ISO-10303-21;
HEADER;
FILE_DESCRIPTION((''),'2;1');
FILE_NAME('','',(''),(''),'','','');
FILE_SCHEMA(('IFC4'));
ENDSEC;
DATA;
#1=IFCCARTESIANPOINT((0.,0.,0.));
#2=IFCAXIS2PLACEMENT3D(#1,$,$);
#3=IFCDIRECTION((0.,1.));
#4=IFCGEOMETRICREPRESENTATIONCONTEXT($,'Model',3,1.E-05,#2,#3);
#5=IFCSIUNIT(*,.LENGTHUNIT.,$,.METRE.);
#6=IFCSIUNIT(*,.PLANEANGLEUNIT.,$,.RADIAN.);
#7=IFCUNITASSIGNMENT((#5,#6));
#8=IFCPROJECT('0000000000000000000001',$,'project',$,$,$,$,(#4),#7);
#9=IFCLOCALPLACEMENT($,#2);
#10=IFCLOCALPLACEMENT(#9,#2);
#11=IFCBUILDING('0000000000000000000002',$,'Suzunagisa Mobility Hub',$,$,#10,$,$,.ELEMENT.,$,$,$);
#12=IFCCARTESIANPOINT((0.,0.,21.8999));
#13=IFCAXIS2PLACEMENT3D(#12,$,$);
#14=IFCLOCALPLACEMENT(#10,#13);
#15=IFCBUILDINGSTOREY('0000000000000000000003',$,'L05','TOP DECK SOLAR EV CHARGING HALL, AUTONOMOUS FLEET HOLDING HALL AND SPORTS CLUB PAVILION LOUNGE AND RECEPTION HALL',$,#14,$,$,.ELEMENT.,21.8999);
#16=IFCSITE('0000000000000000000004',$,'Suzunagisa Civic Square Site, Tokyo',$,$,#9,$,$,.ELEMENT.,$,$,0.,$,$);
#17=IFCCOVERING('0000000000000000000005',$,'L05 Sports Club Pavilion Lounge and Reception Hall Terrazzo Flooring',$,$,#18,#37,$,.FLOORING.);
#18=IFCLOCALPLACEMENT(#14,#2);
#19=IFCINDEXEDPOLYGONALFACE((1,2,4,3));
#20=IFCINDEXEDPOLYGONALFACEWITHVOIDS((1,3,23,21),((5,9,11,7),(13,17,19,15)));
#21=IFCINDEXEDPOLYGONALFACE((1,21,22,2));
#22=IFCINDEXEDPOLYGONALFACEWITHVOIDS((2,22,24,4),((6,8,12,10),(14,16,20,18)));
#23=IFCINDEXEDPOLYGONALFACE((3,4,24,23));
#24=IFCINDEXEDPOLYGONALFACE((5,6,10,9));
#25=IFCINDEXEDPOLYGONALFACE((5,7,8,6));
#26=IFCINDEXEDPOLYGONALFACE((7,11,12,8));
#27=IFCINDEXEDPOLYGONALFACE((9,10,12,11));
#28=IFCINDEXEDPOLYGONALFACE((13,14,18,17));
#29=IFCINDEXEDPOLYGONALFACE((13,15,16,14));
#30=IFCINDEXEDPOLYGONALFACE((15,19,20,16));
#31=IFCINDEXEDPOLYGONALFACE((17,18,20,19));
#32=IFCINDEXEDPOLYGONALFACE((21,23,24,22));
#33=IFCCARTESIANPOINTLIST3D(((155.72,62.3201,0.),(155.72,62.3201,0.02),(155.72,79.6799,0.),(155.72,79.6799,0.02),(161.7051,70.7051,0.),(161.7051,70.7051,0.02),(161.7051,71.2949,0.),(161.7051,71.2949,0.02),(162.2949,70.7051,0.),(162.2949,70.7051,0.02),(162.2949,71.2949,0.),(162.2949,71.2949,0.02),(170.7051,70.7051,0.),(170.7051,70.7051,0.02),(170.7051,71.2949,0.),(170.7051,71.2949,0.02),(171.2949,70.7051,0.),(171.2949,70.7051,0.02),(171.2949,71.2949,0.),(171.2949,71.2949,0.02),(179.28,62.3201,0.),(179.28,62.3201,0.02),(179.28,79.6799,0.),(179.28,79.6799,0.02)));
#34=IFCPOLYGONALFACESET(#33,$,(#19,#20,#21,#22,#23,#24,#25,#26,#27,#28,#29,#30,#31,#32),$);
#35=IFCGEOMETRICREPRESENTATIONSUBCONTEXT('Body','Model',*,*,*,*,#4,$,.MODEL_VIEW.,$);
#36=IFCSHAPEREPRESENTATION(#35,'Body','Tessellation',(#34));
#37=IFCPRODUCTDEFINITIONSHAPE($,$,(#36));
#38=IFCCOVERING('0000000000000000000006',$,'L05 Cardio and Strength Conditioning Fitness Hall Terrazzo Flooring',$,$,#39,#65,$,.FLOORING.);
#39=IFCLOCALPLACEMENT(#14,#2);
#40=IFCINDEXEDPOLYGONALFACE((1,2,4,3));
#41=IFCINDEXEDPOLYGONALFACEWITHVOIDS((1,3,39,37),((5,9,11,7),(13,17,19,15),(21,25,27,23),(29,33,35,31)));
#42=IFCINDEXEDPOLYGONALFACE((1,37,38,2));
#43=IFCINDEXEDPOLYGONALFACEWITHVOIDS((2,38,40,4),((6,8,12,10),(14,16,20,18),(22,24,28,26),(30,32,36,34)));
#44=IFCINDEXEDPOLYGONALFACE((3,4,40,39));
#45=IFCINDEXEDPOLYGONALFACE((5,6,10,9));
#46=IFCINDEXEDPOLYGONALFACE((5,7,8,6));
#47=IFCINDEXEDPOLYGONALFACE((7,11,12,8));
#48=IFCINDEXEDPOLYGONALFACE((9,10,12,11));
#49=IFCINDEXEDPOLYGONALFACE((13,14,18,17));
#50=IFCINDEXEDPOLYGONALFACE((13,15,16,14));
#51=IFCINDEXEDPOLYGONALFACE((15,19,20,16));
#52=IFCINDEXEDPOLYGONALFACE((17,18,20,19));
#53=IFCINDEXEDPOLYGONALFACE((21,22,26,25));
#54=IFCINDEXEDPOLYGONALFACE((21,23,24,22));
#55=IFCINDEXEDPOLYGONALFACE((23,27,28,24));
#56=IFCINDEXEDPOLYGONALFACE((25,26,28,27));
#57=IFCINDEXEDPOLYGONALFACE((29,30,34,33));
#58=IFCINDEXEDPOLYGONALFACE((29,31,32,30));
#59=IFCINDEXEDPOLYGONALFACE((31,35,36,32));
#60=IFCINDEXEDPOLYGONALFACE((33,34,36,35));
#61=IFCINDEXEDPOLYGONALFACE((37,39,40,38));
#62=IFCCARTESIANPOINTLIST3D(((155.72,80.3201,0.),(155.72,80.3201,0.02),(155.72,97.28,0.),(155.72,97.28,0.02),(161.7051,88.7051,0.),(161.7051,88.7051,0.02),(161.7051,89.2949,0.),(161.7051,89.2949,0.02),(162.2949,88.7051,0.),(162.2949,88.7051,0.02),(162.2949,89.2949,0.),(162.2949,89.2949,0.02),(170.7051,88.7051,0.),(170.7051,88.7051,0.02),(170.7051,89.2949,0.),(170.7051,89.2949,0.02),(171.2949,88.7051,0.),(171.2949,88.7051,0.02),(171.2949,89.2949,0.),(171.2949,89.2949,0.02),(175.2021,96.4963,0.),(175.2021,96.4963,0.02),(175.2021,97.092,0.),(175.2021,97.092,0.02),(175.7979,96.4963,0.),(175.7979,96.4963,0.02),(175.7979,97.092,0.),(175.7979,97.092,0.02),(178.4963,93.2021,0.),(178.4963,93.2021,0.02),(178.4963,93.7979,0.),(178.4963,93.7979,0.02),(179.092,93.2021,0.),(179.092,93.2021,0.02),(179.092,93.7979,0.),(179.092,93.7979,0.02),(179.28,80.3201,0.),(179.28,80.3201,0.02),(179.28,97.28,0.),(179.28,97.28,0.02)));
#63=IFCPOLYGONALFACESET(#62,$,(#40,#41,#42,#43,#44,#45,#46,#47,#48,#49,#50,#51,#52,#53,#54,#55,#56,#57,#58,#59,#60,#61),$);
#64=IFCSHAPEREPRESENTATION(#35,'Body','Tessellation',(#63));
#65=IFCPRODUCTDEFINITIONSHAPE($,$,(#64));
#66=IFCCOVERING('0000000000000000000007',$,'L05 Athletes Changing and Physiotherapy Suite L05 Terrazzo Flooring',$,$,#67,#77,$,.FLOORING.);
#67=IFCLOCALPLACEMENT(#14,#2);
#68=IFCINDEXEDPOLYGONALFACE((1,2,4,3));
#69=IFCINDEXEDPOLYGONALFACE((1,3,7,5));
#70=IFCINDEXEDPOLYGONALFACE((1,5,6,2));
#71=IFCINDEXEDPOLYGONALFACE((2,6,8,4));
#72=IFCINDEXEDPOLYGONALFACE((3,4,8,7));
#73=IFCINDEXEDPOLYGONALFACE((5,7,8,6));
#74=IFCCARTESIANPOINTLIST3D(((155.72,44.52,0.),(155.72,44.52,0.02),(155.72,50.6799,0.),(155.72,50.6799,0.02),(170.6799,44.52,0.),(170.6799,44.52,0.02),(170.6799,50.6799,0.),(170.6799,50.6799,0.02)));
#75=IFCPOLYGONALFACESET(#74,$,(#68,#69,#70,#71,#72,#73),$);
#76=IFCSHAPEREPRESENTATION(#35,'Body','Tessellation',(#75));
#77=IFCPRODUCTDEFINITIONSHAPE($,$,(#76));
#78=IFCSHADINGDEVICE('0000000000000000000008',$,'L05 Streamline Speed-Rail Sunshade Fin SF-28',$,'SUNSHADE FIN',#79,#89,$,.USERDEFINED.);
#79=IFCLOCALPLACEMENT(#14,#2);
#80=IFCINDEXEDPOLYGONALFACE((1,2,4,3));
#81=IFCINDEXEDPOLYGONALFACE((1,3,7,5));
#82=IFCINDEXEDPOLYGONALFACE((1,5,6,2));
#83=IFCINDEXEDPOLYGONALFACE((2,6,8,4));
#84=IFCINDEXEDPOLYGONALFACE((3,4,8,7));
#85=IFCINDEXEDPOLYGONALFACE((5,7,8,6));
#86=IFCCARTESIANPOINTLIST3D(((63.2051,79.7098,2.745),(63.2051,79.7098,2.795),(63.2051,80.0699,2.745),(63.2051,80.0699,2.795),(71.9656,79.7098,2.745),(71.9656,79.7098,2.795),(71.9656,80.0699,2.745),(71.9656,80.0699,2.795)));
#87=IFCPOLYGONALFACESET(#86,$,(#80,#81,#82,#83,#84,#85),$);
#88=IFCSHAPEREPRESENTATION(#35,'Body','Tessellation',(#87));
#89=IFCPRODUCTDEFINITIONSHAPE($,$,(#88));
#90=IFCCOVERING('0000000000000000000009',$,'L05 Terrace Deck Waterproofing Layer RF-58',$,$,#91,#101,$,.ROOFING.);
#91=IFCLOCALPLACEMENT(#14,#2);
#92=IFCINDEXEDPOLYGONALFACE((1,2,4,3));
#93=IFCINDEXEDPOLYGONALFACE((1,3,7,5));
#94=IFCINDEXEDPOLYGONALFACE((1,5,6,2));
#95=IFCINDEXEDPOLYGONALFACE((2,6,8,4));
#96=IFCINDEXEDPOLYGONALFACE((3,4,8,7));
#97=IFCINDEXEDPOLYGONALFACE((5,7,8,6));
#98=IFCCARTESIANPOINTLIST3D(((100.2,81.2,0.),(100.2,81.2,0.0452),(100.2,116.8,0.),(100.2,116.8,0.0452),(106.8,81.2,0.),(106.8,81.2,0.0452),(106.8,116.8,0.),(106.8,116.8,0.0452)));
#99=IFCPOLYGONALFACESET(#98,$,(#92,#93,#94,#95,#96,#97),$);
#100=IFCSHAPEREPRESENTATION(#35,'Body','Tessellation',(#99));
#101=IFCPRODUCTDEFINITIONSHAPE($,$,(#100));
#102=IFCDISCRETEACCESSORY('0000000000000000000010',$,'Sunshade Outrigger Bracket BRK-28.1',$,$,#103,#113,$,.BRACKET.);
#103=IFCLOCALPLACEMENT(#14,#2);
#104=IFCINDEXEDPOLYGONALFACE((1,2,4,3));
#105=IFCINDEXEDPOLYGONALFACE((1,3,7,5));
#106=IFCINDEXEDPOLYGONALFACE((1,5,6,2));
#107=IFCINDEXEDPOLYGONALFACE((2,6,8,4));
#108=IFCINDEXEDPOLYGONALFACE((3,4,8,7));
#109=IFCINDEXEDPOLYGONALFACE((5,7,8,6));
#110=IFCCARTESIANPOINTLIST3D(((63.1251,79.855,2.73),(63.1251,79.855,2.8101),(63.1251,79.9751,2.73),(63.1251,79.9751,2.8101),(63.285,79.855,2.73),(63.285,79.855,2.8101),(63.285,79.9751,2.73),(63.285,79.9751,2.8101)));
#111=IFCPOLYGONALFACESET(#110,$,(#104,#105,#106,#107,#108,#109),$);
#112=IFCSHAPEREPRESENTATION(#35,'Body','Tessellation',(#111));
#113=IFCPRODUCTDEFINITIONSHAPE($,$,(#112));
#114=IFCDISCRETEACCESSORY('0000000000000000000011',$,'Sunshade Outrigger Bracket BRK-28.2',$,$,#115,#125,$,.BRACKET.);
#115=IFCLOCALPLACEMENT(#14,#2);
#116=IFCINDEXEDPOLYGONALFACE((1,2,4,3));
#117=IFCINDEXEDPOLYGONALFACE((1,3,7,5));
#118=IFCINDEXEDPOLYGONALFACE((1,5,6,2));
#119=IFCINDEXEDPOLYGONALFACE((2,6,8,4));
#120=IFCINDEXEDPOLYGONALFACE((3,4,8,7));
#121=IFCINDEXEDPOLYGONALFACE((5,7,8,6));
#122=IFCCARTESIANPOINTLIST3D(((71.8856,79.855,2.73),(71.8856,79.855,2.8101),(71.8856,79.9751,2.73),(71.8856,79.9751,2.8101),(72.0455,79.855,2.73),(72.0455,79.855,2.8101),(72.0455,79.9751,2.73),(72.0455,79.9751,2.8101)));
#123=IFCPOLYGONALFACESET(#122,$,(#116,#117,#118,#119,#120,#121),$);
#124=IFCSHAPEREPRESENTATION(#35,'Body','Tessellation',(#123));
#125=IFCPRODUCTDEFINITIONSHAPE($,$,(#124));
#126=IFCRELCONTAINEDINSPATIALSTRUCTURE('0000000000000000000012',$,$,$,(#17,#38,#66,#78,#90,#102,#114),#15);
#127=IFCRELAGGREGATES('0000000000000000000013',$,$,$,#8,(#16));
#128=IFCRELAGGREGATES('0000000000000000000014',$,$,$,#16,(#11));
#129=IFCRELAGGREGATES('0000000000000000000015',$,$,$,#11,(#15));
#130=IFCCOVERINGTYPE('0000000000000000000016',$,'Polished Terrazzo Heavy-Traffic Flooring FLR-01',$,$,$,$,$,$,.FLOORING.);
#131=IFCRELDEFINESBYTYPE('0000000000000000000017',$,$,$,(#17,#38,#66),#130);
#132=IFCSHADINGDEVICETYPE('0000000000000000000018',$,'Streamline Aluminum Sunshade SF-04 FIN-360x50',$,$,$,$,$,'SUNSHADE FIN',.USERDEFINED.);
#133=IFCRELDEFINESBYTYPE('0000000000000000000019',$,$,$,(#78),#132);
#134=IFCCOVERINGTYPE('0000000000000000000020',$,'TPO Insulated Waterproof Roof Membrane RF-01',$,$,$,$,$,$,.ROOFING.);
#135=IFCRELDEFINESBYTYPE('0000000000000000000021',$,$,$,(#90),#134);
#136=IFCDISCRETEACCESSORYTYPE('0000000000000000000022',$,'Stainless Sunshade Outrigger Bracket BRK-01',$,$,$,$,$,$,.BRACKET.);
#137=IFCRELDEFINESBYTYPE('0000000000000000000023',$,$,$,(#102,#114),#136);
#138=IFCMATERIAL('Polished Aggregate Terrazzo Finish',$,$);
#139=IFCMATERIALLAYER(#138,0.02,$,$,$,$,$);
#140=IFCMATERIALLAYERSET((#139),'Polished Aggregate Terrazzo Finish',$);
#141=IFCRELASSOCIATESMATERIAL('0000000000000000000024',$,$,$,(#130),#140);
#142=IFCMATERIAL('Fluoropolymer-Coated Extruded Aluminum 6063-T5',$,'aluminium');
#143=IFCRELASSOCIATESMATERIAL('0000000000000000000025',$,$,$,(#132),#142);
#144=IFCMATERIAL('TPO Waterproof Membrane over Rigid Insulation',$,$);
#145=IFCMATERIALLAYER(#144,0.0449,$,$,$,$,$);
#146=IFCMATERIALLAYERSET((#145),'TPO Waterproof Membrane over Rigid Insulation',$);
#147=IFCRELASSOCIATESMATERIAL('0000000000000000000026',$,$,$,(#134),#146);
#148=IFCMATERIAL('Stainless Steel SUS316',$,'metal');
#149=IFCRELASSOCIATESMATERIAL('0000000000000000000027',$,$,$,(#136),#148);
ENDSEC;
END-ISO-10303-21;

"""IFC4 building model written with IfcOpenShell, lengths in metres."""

from ifc_helpers import new_model, si_unit, direction, frame, origin, origin_2d, place, context, subcontext, project, spatial, polyline, rectangle, outline, extrude, material, layer, layer_set, material_profile, profile_set, type_object, element, save


model = new_model("IFC4")

# Units and contexts
model_context = context("Model", 3, precision=1e-05, world=origin(), true_north=direction((0.0, 1.0)))
body_context = subcontext(model_context, "Body", "Model", "MODEL_VIEW")
ifc_project = project(units=[si_unit("LENGTHUNIT", "METRE"), si_unit("PLANEANGLEUNIT", "RADIAN")], contexts=[model_context])

# Site, building, storey
site_placement = place(None, origin())
site = spatial("IfcSite", under=ifc_project, at=site_placement, Name="Suzunagisa Civic Square Site, Tokyo", CompositionType="ELEMENT", RefElevation=0.0)
building_placement = place(site_placement, origin())
building = spatial("IfcBuilding", under=site, at=building_placement, Name="Suzunagisa Mobility Hub", CompositionType="ELEMENT")
storey_placement = place(building_placement, frame((0.0, 0.0, 21.8999)))
storey = spatial("IfcBuildingStorey", under=building, at=storey_placement, Name="L05", Description="TOP DECK SOLAR EV CHARGING HALL, AUTONOMOUS FLEET HOLDING HALL AND SPORTS CLUB PAVILION LOUNGE AND RECEPTION HALL", CompositionType="ELEMENT", Elevation=21.8999)

# Coverings
ifc_material_1 = material(Name="Polished Aggregate Terrazzo Finish")
ifc_layer_1 = layer(ifc_material_1, 0.02)
ifc_layer_set_1 = layer_set([ifc_layer_1], Name="Polished Aggregate Terrazzo Finish")
covering_type_1 = type_object("IfcCoveringType", Name="Polished Terrazzo Heavy-Traffic Flooring FLR-01", PredefinedType="FLOORING", material=ifc_layer_set_1)
covering_1_placement = place(storey_placement, origin())
element("IfcCovering", 1, at=covering_1_placement, inside=storey, type_object=covering_type_1, Name="L05 Sports Club Pavilion Lounge and Reception Hall Terrazzo Flooring", PredefinedType="FLOORING", context=body_context, shape_type="SweptSolid", body=[
    extrude(outline(polyline([(179.28, 62.3201), (155.72, 62.3201), (155.72, 79.6799), (179.28, 79.6799), (179.28, 62.3201)]), holes=[polyline([(162.2949, 70.7051), (162.2949, 71.2949), (161.7051, 71.2949), (161.7051, 70.7051), (162.2949, 70.7051)]), polyline([(171.2949, 71.2949), (170.7051, 71.2949), (170.7051, 70.7051), (171.2949, 70.7051), (171.2949, 71.2949)])]), origin(), (0.0, 0.0, 1.0), 0.02),
])
covering_2_placement = place(storey_placement, origin())
element("IfcCovering", 2, at=covering_2_placement, inside=storey, type_object=covering_type_1, Name="L05 Cardio and Strength Conditioning Fitness Hall Terrazzo Flooring", PredefinedType="FLOORING", context=body_context, shape_type="SweptSolid", body=[
    extrude(outline(polyline([(179.28, 80.3201), (155.72, 80.3201), (155.72, 97.28), (179.28, 97.28), (179.28, 80.3201)]), holes=[polyline([(162.2949, 88.7051), (162.2949, 89.2949), (161.7051, 89.2949), (161.7051, 88.7051), (162.2949, 88.7051)]), polyline([(170.7051, 89.2949), (170.7051, 88.7051), (171.2949, 88.7051), (171.2949, 89.2949), (170.7051, 89.2949)]), polyline([(175.7979, 97.092), (175.2021, 97.092), (175.2021, 96.4963), (175.7979, 96.4963), (175.7979, 97.092)]), polyline([(179.092, 93.2021), (179.092, 93.7979), (178.4963, 93.7979), (178.4963, 93.2021), (179.092, 93.2021)])]), origin(), (0.0, 0.0, 1.0), 0.02),
])
covering_3_placement = place(storey_placement, origin())
element("IfcCovering", 3, at=covering_3_placement, inside=storey, type_object=covering_type_1, Name="L05 Athletes Changing and Physiotherapy Suite L05 Terrazzo Flooring", PredefinedType="FLOORING", context=body_context, shape_type="SweptSolid", body=[
    extrude(outline(polyline([(170.6799, 50.6799), (170.6799, 44.52), (155.72, 44.52), (155.72, 50.6799), (170.6799, 50.6799)])), origin(), (0.0, 0.0, 1.0), 0.02),
])

# Shading device
ifc_material_2 = material(Name="Fluoropolymer-Coated Extruded Aluminum 6063-T5", Category="aluminium")
ifc_material_profile_1 = material_profile(ifc_material_2, rectangle(XDim=0.3601, YDim=0.05, at=origin_2d()), Name="FIN-360x50")
ifc_profile_set_1 = profile_set([ifc_material_profile_1], Name="Fluoropolymer-Coated Extruded Aluminum 6063-T5")
shading_device_type = type_object("IfcShadingDeviceType", Name="Streamline Aluminum Sunshade SF-04 FIN-360x50", ElementType="SUNSHADE FIN", PredefinedType="USERDEFINED", material=ifc_profile_set_1)
shading_device_placement = place(storey_placement, frame((63.2051, 79.8899, 2.77), z_axis=(1.0, 0.0, 0.0), x_axis=(0.0, 1.0, 0.0)))
element("IfcShadingDevice", 4, at=shading_device_placement, inside=storey, type_object=shading_device_type, Name="L05 Streamline Speed-Rail Sunshade Fin SF-28", ObjectType="SUNSHADE FIN", PredefinedType="USERDEFINED", context=body_context, shape_type="SweptSolid", body=[
    extrude(rectangle(XDim=0.3601, YDim=0.05, at=origin_2d()), origin(), (0.0, 0.0, 1.0), 8.7605),
])

# Covering
ifc_material_3 = material(Name="TPO Waterproof Membrane over Rigid Insulation")
ifc_layer_2 = layer(ifc_material_3, 0.0449)
ifc_layer_set_2 = layer_set([ifc_layer_2], Name="TPO Waterproof Membrane over Rigid Insulation")
covering_type_2 = type_object("IfcCoveringType", Name="TPO Insulated Waterproof Roof Membrane RF-01", PredefinedType="ROOFING", material=ifc_layer_set_2)
covering_4_placement = place(storey_placement, origin())
element("IfcCovering", 5, at=covering_4_placement, inside=storey, type_object=covering_type_2, Name="L05 Terrace Deck Waterproofing Layer RF-58", PredefinedType="ROOFING", context=body_context, shape_type="SweptSolid", body=[
    extrude(outline(polyline([(100.2, 81.2), (100.2, 116.8), (106.8, 116.8), (106.8, 81.2), (100.2, 81.2)])), origin(), (0.0, 0.0, 1.0), 0.0452),
])

# Discrete accessories
ifc_material_4 = material(Name="Stainless Steel SUS316", Category="metal")
discrete_accessory_type = type_object("IfcDiscreteAccessoryType", Name="Stainless Sunshade Outrigger Bracket BRK-01", PredefinedType="BRACKET", material=ifc_material_4)
for number, where, z_axis, x_axis, name in (
    (6, (63.2051, 79.915, 2.73), (0.0, 0.0, 1.0), (1.0, 0.0, 0.0), "Sunshade Outrigger Bracket BRK-28.1"),
    (7, (71.9656, 79.915, 2.73), (0.0, 0.0, 1.0), (1.0, 0.0, 0.0), "Sunshade Outrigger Bracket BRK-28.2"),
):
    element("IfcDiscreteAccessory", number, at=place(storey_placement, frame(where, z_axis=z_axis, x_axis=x_axis)), inside=storey, type_object=discrete_accessory_type, Name=name, PredefinedType="BRACKET", context=body_context, shape_type="SweptSolid", body=[
        extrude(rectangle(XDim=0.1599, YDim=0.1201, at=origin_2d()), origin(), (0.0, 0.0, 1.0), 0.0801),
    ])

save(model, "model.ifc")
